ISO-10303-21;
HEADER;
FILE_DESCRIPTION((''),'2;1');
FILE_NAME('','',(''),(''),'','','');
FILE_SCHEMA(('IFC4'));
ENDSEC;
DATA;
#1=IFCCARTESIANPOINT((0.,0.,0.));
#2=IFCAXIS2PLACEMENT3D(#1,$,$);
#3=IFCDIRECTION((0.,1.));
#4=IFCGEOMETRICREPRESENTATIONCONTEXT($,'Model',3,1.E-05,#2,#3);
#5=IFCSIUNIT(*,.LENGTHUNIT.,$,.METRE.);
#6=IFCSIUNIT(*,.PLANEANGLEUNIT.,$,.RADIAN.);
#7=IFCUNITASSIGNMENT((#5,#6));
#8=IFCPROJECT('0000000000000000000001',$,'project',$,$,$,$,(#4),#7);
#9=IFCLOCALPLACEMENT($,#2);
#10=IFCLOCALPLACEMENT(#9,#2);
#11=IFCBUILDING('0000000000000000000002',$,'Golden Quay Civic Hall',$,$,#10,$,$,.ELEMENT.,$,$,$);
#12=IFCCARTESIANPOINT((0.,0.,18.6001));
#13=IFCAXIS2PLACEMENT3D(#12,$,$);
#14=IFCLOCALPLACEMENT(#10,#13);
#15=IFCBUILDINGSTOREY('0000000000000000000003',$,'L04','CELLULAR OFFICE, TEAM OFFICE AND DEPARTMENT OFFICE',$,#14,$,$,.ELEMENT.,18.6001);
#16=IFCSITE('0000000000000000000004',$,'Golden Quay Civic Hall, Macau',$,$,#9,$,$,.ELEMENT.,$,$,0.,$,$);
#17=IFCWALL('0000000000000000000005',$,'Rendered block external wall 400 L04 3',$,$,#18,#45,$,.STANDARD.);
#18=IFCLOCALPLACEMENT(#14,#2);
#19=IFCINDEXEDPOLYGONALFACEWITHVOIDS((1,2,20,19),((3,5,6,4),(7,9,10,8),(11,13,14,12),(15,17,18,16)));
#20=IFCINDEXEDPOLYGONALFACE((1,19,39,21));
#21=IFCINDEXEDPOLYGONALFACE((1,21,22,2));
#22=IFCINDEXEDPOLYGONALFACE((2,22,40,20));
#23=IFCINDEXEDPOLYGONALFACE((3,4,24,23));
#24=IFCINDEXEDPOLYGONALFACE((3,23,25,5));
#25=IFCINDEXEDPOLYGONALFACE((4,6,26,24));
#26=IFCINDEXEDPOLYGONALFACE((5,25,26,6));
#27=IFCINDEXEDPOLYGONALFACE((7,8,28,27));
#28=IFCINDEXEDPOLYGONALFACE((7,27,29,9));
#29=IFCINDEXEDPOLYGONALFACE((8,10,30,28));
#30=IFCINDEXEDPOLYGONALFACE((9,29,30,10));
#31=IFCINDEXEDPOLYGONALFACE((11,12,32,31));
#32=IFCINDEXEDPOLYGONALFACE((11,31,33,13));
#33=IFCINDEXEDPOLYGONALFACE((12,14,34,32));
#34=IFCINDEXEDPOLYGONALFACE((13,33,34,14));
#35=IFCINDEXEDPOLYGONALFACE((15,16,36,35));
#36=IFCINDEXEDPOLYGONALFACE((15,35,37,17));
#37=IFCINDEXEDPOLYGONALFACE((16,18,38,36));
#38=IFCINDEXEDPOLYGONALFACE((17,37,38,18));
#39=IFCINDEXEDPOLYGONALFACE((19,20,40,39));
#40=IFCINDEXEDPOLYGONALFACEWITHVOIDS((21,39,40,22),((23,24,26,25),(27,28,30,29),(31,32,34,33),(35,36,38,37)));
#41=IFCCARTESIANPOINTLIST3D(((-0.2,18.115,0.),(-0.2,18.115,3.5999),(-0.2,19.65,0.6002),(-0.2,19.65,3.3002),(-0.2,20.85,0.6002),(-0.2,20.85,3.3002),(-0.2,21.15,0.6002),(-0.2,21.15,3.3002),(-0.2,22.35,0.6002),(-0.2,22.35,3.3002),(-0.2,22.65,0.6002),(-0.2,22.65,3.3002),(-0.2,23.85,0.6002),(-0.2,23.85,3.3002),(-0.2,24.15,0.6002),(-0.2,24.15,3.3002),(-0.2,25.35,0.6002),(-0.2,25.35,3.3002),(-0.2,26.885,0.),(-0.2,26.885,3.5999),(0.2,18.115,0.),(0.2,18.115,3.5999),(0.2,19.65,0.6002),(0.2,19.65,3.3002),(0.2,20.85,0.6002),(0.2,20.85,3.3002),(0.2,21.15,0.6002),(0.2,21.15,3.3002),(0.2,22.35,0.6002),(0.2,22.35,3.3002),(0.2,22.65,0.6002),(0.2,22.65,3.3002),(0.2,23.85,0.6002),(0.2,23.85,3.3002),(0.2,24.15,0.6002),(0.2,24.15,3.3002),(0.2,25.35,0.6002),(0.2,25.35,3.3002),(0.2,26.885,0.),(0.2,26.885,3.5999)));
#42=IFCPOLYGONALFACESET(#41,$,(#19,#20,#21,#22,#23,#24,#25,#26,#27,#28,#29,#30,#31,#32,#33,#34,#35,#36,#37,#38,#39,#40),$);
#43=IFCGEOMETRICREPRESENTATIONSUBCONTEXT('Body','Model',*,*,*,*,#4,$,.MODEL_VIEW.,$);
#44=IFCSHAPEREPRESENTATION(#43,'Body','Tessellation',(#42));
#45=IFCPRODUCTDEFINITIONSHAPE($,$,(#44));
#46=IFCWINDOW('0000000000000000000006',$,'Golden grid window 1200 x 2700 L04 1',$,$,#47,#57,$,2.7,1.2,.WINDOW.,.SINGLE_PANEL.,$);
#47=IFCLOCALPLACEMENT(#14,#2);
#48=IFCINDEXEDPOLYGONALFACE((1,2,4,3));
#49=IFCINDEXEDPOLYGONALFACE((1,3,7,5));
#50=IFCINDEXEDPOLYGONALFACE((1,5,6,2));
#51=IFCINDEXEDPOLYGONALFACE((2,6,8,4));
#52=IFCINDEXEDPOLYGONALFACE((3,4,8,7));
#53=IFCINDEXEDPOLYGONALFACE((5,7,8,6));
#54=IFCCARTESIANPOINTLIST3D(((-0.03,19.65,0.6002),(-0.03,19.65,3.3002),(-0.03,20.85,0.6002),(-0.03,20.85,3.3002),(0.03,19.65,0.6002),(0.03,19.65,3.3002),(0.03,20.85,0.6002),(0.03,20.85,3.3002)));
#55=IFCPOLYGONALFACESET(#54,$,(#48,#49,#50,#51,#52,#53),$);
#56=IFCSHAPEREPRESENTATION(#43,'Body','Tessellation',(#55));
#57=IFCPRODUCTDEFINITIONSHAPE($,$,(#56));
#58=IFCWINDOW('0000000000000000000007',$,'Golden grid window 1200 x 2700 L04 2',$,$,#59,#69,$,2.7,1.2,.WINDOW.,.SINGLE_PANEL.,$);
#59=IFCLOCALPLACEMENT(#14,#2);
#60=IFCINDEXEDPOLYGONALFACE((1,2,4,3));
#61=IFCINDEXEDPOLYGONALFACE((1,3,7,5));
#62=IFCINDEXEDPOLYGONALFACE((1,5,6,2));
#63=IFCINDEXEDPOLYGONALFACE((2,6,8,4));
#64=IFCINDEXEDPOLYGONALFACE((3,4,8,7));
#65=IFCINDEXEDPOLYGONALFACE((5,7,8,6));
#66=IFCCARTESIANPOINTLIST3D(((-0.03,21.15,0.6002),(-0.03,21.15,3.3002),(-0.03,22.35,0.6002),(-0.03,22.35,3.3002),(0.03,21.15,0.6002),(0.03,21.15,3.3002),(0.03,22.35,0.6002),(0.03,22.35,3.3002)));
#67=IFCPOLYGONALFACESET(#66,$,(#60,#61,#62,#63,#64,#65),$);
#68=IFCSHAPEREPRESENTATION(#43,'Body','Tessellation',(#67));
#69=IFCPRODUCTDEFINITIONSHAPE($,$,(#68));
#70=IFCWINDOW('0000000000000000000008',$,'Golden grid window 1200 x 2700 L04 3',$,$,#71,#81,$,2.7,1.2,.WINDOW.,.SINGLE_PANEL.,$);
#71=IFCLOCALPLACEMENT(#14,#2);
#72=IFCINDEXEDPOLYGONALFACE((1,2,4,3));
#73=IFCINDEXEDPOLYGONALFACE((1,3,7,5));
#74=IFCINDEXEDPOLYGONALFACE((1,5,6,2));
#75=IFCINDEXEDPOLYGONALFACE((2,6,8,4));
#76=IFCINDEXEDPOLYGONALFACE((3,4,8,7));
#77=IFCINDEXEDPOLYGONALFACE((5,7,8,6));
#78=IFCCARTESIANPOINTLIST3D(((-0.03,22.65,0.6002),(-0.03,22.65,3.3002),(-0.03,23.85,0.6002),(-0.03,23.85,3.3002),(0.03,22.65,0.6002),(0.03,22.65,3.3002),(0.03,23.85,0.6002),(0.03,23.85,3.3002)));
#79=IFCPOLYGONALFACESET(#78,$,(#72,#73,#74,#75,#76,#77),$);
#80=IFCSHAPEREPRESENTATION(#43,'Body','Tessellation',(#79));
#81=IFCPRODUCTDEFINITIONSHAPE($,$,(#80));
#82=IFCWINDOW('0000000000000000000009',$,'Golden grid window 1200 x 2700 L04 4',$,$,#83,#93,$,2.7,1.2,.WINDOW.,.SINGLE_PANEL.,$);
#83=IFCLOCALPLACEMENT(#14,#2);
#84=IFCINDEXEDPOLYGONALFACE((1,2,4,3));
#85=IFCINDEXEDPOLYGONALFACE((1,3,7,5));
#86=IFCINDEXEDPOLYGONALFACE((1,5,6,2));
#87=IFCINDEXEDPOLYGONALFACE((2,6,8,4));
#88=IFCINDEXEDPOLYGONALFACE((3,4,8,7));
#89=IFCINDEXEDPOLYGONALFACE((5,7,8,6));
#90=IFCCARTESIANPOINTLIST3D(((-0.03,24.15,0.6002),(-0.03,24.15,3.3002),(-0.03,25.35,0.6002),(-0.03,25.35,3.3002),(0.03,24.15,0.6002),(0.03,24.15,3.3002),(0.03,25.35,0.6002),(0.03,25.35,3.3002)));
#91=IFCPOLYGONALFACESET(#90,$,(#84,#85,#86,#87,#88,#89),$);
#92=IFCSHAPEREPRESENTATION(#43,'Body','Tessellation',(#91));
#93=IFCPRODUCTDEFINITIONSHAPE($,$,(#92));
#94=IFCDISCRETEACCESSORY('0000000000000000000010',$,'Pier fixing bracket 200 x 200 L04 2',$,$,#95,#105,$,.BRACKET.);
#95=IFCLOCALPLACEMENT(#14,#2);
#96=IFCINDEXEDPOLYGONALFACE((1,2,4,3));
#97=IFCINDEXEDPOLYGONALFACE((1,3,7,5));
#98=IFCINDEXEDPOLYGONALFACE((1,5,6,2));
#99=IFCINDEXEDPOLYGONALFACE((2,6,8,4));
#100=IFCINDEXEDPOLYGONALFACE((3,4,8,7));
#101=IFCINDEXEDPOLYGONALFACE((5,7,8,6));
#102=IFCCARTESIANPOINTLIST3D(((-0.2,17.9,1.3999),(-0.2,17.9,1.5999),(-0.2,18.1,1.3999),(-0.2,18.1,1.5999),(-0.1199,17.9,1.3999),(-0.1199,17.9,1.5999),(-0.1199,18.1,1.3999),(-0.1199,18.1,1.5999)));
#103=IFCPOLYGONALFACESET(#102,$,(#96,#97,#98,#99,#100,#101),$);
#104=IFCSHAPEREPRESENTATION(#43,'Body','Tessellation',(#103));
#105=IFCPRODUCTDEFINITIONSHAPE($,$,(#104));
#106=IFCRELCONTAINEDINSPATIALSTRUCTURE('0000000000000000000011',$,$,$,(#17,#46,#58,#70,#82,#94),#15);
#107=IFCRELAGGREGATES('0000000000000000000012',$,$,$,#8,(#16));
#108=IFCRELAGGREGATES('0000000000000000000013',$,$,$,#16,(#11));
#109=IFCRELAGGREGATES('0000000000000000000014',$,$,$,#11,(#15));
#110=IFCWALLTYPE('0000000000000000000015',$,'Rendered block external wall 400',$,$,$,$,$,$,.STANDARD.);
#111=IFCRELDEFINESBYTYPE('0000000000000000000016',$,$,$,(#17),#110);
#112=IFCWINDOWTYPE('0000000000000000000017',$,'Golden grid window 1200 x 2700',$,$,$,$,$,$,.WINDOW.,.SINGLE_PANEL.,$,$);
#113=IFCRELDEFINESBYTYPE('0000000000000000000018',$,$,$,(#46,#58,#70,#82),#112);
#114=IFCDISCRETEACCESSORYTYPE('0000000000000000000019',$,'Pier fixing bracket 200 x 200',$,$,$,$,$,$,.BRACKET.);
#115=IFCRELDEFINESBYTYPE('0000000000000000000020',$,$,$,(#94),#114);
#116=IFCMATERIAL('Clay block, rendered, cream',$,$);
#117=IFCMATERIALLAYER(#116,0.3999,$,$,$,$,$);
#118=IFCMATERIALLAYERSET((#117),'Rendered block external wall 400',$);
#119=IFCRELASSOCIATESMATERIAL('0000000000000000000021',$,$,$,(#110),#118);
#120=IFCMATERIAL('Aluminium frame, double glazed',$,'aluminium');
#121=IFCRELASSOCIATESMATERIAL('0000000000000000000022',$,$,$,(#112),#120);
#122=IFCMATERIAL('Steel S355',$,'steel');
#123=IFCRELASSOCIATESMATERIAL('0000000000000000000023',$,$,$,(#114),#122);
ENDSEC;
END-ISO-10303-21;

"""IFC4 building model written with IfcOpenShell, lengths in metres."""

from ifc_helpers import new_model, si_unit, direction, frame, frame_2d, origin, origin_2d, place, context, subcontext, project, spatial, rectangle, extrude, material, layer, layer_set, type_object, element, fill, save


model = new_model("IFC4")

# Units and contexts
model_context = context("Model", 3, precision=1e-05, world=origin(), true_north=direction((0.0, 1.0)))
body_context = subcontext(model_context, "Body", "Model", "MODEL_VIEW")
ifc_project = project(units=[si_unit("LENGTHUNIT", "METRE"), si_unit("PLANEANGLEUNIT", "RADIAN")], contexts=[model_context])

# Site, building, storey
site_placement = place(None, origin())
site = spatial("IfcSite", under=ifc_project, at=site_placement, Name="Golden Quay Civic Hall, Macau", CompositionType="ELEMENT", RefElevation=0.0)
building_placement = place(site_placement, origin())
building = spatial("IfcBuilding", under=site, at=building_placement, Name="Golden Quay Civic Hall", CompositionType="ELEMENT")
storey_placement = place(building_placement, frame((0.0, 0.0, 18.6001)))
storey = spatial("IfcBuildingStorey", under=building, at=storey_placement, Name="L04", Description="CELLULAR OFFICE, TEAM OFFICE AND DEPARTMENT OFFICE", CompositionType="ELEMENT", Elevation=18.6001)

# Shared definitions
ifc_material_1 = material(Name="Clay block, rendered, cream")
ifc_layer_1 = layer(ifc_material_1, 0.3999)
ifc_layer_set_1 = layer_set([ifc_layer_1], Name="Rendered block external wall 400")
wall_type_1 = type_object("IfcWallType", Name="Rendered block external wall 400", PredefinedType="STANDARD", material=ifc_layer_set_1)

# Wall, openings, windows
wall_1_placement = place(storey_placement, frame((0.0, 18.115, 0.0), z_axis=(0.0, 0.0, 1.0), x_axis=(0.0, 1.0, 0.0)))
wall_1 = element("IfcWall", 1, at=wall_1_placement, inside=storey, type_object=wall_type_1, Name="Rendered block external wall 400 L04 3", PredefinedType="STANDARD", context=body_context, shape_type="SweptSolid", body=[
    extrude(rectangle(XDim=8.77, YDim=0.3999, at=frame_2d((4.385, 0.0))), origin(), (0.0, 0.0, 1.0), 3.5999),
])
opening_1_placement = place(wall_1_placement, frame((1.5349, 0.0, 0.6001)))
opening_1 = element("IfcOpeningElement", 2, at=opening_1_placement, cuts=wall_1, PredefinedType="OPENING", context=body_context, shape_type="SweptSolid", body=[
    extrude(rectangle(XDim=1.2, YDim=2.7, at=frame_2d((0.6001, 1.3501))), frame((0.0, 0.21, 0.0), z_axis=(0.0, -1.0, 0.0), x_axis=(1.0, 0.0, 0.0)), (0.0, 0.0, 1.0), 0.4199),
])
opening_2_placement = place(wall_1_placement, frame((3.0349, 0.0, 0.6001)))
opening_2 = element("IfcOpeningElement", 3, at=opening_2_placement, cuts=wall_1, PredefinedType="OPENING", context=body_context, shape_type="SweptSolid", body=[
    extrude(rectangle(XDim=1.2, YDim=2.7, at=frame_2d((0.6001, 1.3501))), frame((0.0, 0.21, 0.0), z_axis=(0.0, -1.0, 0.0), x_axis=(1.0, 0.0, 0.0)), (0.0, 0.0, 1.0), 0.4199),
])
opening_3_placement = place(wall_1_placement, frame((4.5349, 0.0, 0.6001)))
opening_3 = element("IfcOpeningElement", 4, at=opening_3_placement, cuts=wall_1, PredefinedType="OPENING", context=body_context, shape_type="SweptSolid", body=[
    extrude(rectangle(XDim=1.2, YDim=2.7, at=frame_2d((0.6001, 1.3501))), frame((0.0, 0.21, 0.0), z_axis=(0.0, -1.0, 0.0), x_axis=(1.0, 0.0, 0.0)), (0.0, 0.0, 1.0), 0.4199),
])
opening_4_placement = place(wall_1_placement, frame((6.0349, 0.0, 0.6001)))
opening_4 = element("IfcOpeningElement", 5, at=opening_4_placement, cuts=wall_1, PredefinedType="OPENING", context=body_context, shape_type="SweptSolid", body=[
    extrude(rectangle(XDim=1.2, YDim=2.7, at=frame_2d((0.6001, 1.3501))), frame((0.0, 0.21, 0.0), z_axis=(0.0, -1.0, 0.0), x_axis=(1.0, 0.0, 0.0)), (0.0, 0.0, 1.0), 0.4199),
])
ifc_material_2 = material(Name="Aluminium frame, double glazed", Category="aluminium")
window_type = type_object("IfcWindowType", Name="Golden grid window 1200 x 2700", PartitioningType="SINGLE_PANEL", PredefinedType="WINDOW", material=ifc_material_2)
window_1_placement = place(opening_1_placement, origin())
window_1 = element("IfcWindow", 6, at=window_1_placement, inside=storey, type_object=window_type, Name="Golden grid window 1200 x 2700 L04 1", OverallHeight=2.7, OverallWidth=1.2, PartitioningType="SINGLE_PANEL", PredefinedType="WINDOW", context=body_context, shape_type="SweptSolid", body=[
    extrude(rectangle(XDim=1.2, YDim=2.7, at=frame_2d((0.6001, 1.3501))), frame((0.0, 0.03, 0.0), z_axis=(0.0, -1.0, 0.0), x_axis=(1.0, 0.0, 0.0)), (0.0, 0.0, 1.0), 0.0601),
])
fill(opening_1, window_1)
window_2_placement = place(opening_2_placement, origin())
window_2 = element("IfcWindow", 7, at=window_2_placement, inside=storey, type_object=window_type, Name="Golden grid window 1200 x 2700 L04 2", OverallHeight=2.7, OverallWidth=1.2, PartitioningType="SINGLE_PANEL", PredefinedType="WINDOW", context=body_context, shape_type="SweptSolid", body=[
    extrude(rectangle(XDim=1.2, YDim=2.7, at=frame_2d((0.6001, 1.3501))), frame((0.0, 0.03, 0.0), z_axis=(0.0, -1.0, 0.0), x_axis=(1.0, 0.0, 0.0)), (0.0, 0.0, 1.0), 0.0601),
])
fill(opening_2, window_2)
window_3_placement = place(opening_3_placement, origin())
window_3 = element("IfcWindow", 8, at=window_3_placement, inside=storey, type_object=window_type, Name="Golden grid window 1200 x 2700 L04 3", OverallHeight=2.7, OverallWidth=1.2, PartitioningType="SINGLE_PANEL", PredefinedType="WINDOW", context=body_context, shape_type="SweptSolid", body=[
    extrude(rectangle(XDim=1.2, YDim=2.7, at=frame_2d((0.6001, 1.3501))), frame((0.0, 0.03, 0.0), z_axis=(0.0, -1.0, 0.0), x_axis=(1.0, 0.0, 0.0)), (0.0, 0.0, 1.0), 0.0601),
])
fill(opening_3, window_3)
window_4_placement = place(opening_4_placement, origin())
window_4 = element("IfcWindow", 9, at=window_4_placement, inside=storey, type_object=window_type, Name="Golden grid window 1200 x 2700 L04 4", OverallHeight=2.7, OverallWidth=1.2, PartitioningType="SINGLE_PANEL", PredefinedType="WINDOW", context=body_context, shape_type="SweptSolid", body=[
    extrude(rectangle(XDim=1.2, YDim=2.7, at=frame_2d((0.6001, 1.3501))), frame((0.0, 0.03, 0.0), z_axis=(0.0, -1.0, 0.0), x_axis=(1.0, 0.0, 0.0)), (0.0, 0.0, 1.0), 0.0601),
])
fill(opening_4, window_4)

# Discrete accessory
ifc_material_3 = material(Name="Steel S355", Category="steel")
discrete_accessory_type = type_object("IfcDiscreteAccessoryType", Name="Pier fixing bracket 200 x 200", PredefinedType="BRACKET", material=ifc_material_3)
discrete_accessory_placement = place(storey_placement, frame((-0.1599, 18.0, 1.3999), z_axis=(0.0, 0.0, 1.0), x_axis=(0.0, -1.0, 0.0)))
element("IfcDiscreteAccessory", 10, at=discrete_accessory_placement, inside=storey, type_object=discrete_accessory_type, Name="Pier fixing bracket 200 x 200 L04 2", PredefinedType="BRACKET", context=body_context, shape_type="SweptSolid", body=[
    extrude(rectangle(XDim=0.2, YDim=0.0801, at=origin_2d()), origin(), (0.0, 0.0, 1.0), 0.2),
])

save(model, "model.ifc")
